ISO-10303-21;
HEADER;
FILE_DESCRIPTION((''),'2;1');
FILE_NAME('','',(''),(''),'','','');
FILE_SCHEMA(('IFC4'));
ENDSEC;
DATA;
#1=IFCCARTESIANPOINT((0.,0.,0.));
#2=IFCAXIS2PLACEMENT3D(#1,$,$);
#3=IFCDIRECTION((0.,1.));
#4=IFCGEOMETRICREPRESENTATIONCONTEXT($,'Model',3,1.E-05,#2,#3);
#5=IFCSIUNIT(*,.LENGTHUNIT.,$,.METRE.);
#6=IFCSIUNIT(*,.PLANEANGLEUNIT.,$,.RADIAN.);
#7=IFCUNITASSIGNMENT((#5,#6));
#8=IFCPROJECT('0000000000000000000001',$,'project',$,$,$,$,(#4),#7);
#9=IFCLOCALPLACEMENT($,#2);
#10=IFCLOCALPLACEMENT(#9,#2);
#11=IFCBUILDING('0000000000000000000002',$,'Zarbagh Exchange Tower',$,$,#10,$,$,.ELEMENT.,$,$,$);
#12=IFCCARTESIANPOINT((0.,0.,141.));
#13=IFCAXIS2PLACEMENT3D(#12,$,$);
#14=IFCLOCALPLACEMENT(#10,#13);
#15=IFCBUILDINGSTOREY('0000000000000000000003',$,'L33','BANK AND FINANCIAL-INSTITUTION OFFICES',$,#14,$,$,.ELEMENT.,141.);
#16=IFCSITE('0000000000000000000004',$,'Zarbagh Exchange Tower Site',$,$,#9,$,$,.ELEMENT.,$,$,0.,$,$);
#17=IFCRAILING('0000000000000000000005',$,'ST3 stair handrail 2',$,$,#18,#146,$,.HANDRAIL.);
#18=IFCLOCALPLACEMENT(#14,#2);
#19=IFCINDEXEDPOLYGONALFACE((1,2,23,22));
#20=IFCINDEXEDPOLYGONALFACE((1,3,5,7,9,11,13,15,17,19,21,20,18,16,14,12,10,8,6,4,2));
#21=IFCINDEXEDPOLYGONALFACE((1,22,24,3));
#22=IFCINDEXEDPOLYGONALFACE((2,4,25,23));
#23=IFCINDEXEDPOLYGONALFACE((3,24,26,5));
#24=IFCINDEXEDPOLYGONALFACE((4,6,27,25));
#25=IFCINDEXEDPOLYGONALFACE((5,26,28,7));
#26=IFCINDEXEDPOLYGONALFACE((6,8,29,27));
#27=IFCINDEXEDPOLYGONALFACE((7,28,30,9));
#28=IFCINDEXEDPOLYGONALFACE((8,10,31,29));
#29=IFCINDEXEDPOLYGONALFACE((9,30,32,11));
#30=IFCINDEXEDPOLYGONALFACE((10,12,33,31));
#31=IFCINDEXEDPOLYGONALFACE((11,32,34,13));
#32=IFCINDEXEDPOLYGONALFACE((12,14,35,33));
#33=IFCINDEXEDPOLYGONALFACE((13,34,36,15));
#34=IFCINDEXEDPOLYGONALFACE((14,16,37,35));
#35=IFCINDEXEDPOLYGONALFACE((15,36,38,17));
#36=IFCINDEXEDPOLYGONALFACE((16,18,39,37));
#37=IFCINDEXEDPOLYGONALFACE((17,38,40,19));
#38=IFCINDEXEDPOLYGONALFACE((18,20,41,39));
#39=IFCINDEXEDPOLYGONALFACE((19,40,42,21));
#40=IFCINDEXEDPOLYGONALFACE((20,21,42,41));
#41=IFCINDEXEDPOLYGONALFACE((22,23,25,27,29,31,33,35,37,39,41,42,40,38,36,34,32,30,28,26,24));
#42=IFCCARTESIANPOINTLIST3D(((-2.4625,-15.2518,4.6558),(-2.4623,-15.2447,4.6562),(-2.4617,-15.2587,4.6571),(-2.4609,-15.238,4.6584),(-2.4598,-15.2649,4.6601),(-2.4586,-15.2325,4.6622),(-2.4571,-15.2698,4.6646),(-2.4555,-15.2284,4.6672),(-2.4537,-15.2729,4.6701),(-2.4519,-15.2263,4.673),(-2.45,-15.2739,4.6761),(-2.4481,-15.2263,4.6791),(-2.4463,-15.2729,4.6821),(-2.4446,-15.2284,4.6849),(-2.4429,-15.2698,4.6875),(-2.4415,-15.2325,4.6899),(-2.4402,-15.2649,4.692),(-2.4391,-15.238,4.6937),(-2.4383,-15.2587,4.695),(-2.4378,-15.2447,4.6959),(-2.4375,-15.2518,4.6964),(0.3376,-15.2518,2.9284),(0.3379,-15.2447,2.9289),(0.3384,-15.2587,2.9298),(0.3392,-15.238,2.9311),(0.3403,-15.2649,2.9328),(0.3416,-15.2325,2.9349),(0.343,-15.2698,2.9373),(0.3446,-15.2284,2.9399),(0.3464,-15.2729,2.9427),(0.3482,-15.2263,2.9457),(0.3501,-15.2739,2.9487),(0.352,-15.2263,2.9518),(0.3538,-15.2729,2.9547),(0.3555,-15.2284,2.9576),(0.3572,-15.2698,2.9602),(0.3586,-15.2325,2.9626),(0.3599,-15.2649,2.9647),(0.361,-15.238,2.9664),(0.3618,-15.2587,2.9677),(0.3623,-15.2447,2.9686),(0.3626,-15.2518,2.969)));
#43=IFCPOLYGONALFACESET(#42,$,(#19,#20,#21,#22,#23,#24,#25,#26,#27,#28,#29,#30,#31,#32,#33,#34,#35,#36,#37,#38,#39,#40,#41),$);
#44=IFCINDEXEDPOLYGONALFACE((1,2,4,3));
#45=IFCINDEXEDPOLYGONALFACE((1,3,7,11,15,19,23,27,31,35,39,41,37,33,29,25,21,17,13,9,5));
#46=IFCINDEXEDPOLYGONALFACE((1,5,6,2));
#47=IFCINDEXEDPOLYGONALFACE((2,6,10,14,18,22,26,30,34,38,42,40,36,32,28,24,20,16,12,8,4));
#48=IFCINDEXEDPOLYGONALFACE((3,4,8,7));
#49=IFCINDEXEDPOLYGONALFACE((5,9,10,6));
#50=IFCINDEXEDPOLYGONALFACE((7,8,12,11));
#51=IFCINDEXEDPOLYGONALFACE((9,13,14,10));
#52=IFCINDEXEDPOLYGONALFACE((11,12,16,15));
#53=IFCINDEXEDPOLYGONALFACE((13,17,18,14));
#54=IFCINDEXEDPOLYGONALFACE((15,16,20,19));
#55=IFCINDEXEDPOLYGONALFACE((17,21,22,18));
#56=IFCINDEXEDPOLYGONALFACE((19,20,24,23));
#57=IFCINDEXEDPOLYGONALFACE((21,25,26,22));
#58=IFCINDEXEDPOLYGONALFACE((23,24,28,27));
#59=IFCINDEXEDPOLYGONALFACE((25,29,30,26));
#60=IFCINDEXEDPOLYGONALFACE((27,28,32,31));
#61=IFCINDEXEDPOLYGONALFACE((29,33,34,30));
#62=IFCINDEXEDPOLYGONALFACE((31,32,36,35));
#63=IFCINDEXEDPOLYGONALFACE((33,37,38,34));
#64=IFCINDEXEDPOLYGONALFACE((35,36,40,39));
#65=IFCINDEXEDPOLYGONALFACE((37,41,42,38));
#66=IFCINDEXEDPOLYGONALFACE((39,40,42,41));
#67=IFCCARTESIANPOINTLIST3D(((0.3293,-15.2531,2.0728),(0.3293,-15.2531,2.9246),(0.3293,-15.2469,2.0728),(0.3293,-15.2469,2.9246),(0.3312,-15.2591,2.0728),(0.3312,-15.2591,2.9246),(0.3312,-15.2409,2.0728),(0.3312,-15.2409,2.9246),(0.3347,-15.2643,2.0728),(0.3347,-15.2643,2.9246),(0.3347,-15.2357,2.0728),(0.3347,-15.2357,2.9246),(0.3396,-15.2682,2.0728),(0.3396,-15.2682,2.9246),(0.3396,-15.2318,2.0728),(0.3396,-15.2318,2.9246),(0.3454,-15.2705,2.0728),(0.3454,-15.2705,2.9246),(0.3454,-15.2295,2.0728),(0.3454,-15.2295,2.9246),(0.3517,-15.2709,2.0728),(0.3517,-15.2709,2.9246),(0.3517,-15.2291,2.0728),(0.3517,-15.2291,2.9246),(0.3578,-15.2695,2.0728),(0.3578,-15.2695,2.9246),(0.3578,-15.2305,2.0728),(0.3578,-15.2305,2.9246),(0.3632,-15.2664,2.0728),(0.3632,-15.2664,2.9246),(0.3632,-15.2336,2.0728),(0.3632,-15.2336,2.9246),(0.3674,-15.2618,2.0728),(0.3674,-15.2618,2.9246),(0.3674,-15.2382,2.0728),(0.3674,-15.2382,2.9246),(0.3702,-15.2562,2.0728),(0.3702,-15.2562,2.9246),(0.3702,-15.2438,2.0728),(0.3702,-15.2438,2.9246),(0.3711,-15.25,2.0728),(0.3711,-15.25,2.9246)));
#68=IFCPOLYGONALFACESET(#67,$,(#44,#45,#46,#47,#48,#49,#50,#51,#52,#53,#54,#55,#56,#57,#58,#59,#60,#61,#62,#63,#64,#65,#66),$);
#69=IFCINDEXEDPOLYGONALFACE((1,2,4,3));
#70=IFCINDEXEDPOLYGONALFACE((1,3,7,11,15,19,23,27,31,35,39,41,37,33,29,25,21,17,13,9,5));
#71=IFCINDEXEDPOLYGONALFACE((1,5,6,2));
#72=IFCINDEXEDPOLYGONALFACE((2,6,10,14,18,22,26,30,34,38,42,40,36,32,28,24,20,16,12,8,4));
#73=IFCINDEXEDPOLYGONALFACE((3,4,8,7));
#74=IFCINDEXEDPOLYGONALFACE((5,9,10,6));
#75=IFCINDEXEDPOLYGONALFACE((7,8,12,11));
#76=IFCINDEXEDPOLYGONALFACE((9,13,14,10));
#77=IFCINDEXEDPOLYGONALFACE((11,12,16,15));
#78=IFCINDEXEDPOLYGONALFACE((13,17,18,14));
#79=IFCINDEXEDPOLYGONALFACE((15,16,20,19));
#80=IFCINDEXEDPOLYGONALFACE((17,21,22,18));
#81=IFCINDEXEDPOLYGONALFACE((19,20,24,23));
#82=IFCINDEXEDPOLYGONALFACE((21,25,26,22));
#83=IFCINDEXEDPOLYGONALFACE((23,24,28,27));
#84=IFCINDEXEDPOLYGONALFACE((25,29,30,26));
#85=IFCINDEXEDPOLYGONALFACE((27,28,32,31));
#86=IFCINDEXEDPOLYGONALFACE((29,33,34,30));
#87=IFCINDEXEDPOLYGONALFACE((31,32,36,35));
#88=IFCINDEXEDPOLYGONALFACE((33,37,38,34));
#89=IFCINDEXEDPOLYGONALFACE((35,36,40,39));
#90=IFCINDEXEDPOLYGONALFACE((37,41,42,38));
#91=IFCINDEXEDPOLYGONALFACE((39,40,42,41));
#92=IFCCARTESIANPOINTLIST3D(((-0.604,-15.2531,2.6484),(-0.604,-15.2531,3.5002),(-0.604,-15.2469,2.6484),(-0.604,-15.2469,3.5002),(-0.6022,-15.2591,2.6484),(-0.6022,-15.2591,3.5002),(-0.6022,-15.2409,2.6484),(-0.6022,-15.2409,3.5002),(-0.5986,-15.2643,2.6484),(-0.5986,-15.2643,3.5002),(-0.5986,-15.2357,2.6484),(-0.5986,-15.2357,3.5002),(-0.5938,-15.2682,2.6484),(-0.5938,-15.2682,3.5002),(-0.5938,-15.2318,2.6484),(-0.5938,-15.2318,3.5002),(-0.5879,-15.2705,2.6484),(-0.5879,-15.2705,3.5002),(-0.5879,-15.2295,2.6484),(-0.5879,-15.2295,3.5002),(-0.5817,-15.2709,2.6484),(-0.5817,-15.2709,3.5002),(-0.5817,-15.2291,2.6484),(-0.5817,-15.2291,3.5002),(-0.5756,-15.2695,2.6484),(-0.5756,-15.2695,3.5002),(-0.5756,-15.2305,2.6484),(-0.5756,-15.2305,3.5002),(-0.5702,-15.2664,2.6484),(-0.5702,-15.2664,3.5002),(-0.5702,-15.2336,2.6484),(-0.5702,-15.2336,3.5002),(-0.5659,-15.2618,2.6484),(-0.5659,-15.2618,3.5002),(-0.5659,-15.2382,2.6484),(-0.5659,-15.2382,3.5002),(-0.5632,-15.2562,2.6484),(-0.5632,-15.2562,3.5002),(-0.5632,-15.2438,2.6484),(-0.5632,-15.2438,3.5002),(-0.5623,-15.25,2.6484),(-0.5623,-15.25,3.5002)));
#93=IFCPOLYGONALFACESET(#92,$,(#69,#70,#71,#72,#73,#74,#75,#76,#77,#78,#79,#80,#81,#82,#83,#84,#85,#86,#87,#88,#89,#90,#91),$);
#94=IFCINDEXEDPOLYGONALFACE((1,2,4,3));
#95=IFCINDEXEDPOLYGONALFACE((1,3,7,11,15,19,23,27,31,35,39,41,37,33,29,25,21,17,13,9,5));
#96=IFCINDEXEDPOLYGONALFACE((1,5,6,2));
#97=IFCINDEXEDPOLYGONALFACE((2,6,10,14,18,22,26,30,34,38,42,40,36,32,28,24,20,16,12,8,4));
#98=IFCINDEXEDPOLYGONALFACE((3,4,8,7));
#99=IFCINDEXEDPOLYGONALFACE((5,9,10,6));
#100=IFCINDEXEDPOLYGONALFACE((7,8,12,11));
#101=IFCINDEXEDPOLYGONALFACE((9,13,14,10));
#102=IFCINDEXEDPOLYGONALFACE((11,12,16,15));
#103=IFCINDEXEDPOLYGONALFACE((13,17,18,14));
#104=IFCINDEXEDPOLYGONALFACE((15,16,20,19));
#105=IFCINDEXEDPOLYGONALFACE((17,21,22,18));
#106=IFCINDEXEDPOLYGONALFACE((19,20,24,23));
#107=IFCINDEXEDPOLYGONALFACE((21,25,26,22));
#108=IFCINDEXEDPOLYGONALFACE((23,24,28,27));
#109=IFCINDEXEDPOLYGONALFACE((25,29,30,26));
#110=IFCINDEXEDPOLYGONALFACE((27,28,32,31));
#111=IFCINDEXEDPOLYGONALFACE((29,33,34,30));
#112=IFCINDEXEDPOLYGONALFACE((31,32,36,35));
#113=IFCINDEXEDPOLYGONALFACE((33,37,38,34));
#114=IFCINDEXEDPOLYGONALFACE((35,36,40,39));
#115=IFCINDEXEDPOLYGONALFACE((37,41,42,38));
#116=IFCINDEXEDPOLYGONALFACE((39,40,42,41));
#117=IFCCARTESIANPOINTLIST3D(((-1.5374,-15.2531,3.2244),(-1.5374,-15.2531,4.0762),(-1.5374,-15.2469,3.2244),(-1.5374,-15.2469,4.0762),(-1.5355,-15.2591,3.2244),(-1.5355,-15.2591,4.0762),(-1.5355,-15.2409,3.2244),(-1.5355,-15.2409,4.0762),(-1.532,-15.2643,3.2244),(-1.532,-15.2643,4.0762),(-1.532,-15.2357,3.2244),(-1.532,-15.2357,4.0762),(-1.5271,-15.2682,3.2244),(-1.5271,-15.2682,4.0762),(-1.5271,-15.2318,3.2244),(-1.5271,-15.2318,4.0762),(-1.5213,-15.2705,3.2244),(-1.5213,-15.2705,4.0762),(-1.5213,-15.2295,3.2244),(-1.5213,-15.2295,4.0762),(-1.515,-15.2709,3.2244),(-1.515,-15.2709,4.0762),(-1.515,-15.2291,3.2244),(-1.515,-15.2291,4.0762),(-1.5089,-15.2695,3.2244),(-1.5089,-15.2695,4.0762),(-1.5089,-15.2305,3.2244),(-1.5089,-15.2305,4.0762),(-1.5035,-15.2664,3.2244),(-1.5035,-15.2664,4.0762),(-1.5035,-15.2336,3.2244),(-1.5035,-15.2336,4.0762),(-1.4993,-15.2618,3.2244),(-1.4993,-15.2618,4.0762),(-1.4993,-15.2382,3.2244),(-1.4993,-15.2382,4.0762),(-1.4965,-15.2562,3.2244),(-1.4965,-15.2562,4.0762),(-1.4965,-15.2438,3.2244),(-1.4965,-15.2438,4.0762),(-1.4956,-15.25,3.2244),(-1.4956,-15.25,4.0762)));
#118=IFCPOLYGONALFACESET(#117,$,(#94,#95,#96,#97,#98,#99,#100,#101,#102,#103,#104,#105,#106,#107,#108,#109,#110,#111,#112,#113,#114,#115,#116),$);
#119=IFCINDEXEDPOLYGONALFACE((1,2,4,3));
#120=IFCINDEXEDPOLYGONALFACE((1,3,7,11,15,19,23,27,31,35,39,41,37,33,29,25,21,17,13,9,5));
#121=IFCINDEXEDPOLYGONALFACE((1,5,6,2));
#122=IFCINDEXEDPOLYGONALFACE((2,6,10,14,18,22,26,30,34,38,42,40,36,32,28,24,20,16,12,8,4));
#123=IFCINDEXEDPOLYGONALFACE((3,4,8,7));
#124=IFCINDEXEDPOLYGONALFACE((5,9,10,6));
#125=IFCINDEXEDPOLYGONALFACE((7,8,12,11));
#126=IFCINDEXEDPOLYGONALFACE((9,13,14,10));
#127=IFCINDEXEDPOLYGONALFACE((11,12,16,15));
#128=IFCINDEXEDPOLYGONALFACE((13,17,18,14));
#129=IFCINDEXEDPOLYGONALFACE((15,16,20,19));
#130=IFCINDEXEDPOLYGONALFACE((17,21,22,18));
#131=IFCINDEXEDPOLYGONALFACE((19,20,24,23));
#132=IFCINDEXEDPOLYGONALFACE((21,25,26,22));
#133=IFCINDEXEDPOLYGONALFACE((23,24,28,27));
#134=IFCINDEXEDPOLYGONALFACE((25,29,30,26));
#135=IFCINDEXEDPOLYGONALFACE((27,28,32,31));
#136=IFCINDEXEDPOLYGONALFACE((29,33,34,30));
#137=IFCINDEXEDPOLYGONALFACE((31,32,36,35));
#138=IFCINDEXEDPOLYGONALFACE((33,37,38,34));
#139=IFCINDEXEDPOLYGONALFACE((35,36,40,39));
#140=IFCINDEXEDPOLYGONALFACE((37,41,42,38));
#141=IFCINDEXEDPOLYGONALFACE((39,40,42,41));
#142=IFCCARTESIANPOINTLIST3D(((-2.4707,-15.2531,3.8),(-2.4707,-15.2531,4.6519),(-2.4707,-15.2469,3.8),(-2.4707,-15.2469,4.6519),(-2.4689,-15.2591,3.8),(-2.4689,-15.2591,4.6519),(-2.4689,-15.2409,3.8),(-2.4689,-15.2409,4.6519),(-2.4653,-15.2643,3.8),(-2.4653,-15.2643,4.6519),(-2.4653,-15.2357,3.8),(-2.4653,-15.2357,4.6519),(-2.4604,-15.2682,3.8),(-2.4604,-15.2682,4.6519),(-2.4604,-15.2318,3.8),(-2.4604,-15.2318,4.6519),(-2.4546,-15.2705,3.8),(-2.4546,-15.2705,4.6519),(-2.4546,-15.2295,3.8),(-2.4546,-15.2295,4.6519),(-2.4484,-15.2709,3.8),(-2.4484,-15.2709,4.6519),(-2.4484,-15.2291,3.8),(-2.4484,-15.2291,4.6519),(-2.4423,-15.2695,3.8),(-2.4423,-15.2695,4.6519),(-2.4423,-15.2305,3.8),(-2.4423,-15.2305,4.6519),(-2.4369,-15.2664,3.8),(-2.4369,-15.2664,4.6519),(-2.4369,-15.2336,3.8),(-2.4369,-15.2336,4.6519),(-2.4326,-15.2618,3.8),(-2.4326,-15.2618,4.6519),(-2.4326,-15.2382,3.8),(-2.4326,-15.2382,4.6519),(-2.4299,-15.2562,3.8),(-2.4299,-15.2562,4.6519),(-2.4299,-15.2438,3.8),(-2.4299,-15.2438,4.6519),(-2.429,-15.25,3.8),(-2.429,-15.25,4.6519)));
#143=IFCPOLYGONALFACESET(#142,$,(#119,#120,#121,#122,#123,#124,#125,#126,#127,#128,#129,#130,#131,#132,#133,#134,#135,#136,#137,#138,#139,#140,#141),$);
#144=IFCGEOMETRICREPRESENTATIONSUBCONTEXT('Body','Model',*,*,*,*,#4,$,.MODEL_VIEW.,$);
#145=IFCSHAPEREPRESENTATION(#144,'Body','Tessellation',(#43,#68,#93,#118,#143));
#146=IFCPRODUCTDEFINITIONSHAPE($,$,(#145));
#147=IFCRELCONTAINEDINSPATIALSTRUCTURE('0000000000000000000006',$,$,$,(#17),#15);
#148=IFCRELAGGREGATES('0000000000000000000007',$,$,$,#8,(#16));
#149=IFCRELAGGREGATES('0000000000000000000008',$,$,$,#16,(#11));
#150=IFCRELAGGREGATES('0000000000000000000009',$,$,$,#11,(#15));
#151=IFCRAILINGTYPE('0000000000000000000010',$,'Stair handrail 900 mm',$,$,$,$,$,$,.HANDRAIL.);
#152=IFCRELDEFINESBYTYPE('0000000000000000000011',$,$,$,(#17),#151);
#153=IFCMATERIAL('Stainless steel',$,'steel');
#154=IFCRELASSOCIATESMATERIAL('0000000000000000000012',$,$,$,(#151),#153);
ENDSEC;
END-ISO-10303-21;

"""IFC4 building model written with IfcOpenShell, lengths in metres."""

from ifc_helpers import new_model, si_unit, direction, frame, origin, origin_2d, place, context, subcontext, project, spatial, circle, extrude, material, type_object, element, save


model = new_model("IFC4")

# Units and contexts
model_context = context("Model", 3, precision=1e-05, world=origin(), true_north=direction((0.0, 1.0)))
body_context = subcontext(model_context, "Body", "Model", "MODEL_VIEW")
ifc_project = project(units=[si_unit("LENGTHUNIT", "METRE"), si_unit("PLANEANGLEUNIT", "RADIAN")], contexts=[model_context])

# Site, building, storey
site_placement = place(None, origin())
site = spatial("IfcSite", under=ifc_project, at=site_placement, Name="Zarbagh Exchange Tower Site", CompositionType="ELEMENT", RefElevation=0.0)
building_placement = place(site_placement, origin())
building = spatial("IfcBuilding", under=site, at=building_placement, Name="Zarbagh Exchange Tower", CompositionType="ELEMENT")
storey_placement = place(building_placement, frame((0.0, 0.0, 141.0)))
storey = spatial("IfcBuildingStorey", under=building, at=storey_placement, Name="L33", Description="BANK AND FINANCIAL-INSTITUTION OFFICES", CompositionType="ELEMENT", Elevation=141.0)

# Shared definitions
ifc_material_1 = material(Name="Stainless steel", Category="steel")

# Railing
railing_type_1 = type_object("IfcRailingType", Name="Stair handrail 900 mm", PredefinedType="HANDRAIL", material=ifc_material_1)
for number, where, name in (
    (1, (0.3501, -15.25, 2.0728), "ST3 stair handrail 2"),
):
    element("IfcRailing", number, at=place(storey_placement, frame(where)), inside=storey, type_object=railing_type_1, Name=name, PredefinedType="HANDRAIL", context=body_context, shape_type="SweptSolid", body=[
        extrude(circle(Radius=0.0239, at=origin_2d()), frame((0.0, 0.0, 0.876), z_axis=(-0.85109, 0.0, 0.52502), x_axis=(0.0, -1.0, 0.0)), (0.0, 0.0, 1.0), 3.29),
        extrude(circle(Radius=0.021, at=origin_2d()), origin(), (0.0, 0.0, 1.0), 0.8518),
        extrude(circle(Radius=0.021, at=origin_2d()), frame((-0.9333, 0.0, 0.5757)), (0.0, 0.0, 1.0), 0.8518),
        extrude(circle(Radius=0.021, at=origin_2d()), frame((-1.8667, 0.0, 1.1516)), (0.0, 0.0, 1.0), 0.8518),
        extrude(circle(Radius=0.021, at=origin_2d()), frame((-2.8, 0.0, 1.7273)), (0.0, 0.0, 1.0), 0.8518),
    ])

save(model, "model.ifc")
